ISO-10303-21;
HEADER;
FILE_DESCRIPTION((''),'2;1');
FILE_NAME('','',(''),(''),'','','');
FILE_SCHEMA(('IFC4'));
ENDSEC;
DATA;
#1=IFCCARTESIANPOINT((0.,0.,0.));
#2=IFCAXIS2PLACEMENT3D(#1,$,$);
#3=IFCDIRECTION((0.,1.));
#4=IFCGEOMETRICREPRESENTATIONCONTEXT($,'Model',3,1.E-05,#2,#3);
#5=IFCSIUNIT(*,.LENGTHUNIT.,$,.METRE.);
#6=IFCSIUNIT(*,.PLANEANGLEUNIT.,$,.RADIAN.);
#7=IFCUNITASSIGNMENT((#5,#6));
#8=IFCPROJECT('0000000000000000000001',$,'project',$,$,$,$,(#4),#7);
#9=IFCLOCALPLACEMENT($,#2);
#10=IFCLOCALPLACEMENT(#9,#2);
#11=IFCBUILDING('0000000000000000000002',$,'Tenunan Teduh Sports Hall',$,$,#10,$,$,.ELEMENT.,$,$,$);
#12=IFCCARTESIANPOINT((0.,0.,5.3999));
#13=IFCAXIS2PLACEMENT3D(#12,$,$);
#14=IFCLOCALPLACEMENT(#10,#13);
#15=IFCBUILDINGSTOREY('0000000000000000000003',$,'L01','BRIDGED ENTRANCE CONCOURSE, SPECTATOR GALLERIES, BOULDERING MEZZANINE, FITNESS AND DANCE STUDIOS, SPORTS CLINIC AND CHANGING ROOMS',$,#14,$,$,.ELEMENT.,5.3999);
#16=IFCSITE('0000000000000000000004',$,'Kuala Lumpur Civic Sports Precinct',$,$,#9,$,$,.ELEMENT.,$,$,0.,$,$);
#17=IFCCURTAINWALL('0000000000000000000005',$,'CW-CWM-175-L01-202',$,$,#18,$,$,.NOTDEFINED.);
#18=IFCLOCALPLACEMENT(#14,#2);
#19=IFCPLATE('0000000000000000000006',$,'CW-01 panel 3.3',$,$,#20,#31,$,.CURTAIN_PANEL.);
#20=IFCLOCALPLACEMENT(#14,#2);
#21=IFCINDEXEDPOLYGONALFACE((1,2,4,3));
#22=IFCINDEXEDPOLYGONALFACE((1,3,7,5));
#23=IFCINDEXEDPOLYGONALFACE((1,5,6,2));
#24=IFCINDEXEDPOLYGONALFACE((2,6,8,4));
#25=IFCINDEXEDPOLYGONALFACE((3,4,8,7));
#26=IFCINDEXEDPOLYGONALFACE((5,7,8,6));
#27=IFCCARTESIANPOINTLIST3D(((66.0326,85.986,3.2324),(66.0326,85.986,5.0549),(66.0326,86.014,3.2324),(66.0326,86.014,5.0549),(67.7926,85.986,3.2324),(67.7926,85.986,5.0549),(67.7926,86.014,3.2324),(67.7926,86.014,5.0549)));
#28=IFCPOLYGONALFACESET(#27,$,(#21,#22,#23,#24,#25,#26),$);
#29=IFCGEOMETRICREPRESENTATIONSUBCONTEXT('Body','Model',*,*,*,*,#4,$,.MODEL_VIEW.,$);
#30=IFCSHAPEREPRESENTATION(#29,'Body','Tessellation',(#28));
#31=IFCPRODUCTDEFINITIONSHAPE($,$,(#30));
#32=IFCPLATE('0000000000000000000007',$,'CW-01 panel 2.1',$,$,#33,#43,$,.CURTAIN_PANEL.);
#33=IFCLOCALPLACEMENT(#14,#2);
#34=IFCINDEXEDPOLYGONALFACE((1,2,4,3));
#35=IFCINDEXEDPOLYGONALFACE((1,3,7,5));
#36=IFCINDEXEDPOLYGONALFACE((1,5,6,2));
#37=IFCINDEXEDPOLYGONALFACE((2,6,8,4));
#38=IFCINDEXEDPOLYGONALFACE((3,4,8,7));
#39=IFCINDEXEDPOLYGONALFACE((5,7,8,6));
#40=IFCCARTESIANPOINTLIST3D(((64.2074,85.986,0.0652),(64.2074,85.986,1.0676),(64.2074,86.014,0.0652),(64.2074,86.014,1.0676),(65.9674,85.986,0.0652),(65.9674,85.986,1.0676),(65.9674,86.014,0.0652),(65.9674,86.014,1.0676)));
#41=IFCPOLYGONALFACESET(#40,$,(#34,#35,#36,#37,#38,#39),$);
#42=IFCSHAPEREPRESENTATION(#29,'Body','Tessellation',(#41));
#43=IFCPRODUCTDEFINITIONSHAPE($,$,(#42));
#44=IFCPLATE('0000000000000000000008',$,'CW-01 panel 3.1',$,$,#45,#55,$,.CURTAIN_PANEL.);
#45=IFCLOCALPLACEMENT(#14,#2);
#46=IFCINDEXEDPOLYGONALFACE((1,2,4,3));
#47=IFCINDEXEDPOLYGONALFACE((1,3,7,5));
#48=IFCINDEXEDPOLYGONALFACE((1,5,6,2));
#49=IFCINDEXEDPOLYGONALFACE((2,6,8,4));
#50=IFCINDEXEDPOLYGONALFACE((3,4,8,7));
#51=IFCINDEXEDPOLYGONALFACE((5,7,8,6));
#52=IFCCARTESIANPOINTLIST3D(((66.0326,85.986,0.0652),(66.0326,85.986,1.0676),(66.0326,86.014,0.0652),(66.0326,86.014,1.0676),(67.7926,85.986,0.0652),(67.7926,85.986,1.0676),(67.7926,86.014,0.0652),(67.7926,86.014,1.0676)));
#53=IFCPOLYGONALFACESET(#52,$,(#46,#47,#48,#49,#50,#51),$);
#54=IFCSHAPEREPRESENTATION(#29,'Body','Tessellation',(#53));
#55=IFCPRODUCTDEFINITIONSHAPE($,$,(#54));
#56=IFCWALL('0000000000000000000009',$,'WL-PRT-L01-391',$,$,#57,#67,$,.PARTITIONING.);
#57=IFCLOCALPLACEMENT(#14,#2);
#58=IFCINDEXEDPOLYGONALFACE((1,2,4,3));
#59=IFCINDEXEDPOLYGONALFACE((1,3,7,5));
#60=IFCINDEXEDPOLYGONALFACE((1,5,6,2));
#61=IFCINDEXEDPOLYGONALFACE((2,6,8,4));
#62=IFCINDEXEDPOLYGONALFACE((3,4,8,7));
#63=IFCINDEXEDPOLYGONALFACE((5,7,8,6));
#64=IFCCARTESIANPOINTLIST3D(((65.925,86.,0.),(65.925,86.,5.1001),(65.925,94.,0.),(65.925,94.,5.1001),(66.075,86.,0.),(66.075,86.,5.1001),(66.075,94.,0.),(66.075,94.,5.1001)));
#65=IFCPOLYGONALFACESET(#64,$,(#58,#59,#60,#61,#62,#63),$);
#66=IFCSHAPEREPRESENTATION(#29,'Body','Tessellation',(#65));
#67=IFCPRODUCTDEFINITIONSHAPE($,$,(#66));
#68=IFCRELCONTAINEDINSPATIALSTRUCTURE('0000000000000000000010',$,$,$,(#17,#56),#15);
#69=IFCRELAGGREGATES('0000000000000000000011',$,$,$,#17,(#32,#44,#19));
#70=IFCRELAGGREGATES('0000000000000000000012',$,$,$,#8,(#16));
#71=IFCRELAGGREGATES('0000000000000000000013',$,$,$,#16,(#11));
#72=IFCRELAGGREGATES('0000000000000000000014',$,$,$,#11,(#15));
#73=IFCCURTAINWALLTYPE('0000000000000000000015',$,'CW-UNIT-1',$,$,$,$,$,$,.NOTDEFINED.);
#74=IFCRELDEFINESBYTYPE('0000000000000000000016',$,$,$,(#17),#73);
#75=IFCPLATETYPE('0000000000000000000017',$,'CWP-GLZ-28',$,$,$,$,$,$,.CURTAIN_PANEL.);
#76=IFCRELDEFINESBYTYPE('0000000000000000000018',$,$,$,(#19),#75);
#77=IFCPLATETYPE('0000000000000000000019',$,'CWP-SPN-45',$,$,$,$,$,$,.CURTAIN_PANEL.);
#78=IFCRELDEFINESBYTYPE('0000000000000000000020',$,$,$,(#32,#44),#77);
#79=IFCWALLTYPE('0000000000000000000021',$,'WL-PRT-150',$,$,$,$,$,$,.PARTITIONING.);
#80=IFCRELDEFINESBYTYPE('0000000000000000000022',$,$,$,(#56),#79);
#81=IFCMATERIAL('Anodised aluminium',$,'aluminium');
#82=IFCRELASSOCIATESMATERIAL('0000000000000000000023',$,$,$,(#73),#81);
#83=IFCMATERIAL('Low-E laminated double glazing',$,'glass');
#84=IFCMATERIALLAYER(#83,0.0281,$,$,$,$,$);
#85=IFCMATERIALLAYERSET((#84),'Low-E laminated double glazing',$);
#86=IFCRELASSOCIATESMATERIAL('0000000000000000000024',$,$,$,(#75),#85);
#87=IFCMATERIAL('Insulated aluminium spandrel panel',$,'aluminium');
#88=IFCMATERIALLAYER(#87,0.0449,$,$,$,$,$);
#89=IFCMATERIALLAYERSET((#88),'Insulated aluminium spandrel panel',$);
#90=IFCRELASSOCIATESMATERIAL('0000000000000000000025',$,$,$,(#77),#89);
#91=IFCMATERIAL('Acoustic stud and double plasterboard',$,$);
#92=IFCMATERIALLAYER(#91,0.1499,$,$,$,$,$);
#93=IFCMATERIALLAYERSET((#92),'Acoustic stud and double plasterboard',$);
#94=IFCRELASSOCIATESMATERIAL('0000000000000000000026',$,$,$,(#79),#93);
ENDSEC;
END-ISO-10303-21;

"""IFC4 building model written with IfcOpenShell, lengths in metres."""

from ifc_helpers import new_model, si_unit, direction, frame, frame_2d, origin, origin_2d, place, context, subcontext, project, spatial, rectangle, extrude, material, layer, layer_set, type_object, element, aggregate, save


model = new_model("IFC4")

# Units and contexts
model_context = context("Model", 3, precision=1e-05, world=origin(), true_north=direction((0.0, 1.0)))
body_context = subcontext(model_context, "Body", "Model", "MODEL_VIEW")
ifc_project = project(units=[si_unit("LENGTHUNIT", "METRE"), si_unit("PLANEANGLEUNIT", "RADIAN")], contexts=[model_context])

# Site, building, storey
site_placement = place(None, origin())
site = spatial("IfcSite", under=ifc_project, at=site_placement, Name="Kuala Lumpur Civic Sports Precinct", CompositionType="ELEMENT", RefElevation=0.0)
building_placement = place(site_placement, origin())
building = spatial("IfcBuilding", under=site, at=building_placement, Name="Tenunan Teduh Sports Hall", CompositionType="ELEMENT")
storey_placement = place(building_placement, frame((0.0, 0.0, 5.3999)))
storey = spatial("IfcBuildingStorey", under=building, at=storey_placement, Name="L01", Description="BRIDGED ENTRANCE CONCOURSE, SPECTATOR GALLERIES, BOULDERING MEZZANINE, FITNESS AND DANCE STUDIOS, SPORTS CLINIC AND CHANGING ROOMS", CompositionType="ELEMENT", Elevation=5.3999)

# Curtain wall, plates
ifc_material_1 = material(Name="Anodised aluminium", Category="aluminium")
curtain_wall_type = type_object("IfcCurtainWallType", Name="CW-UNIT-1", PredefinedType="NOTDEFINED", material=ifc_material_1)
curtain_wall_placement = place(storey_placement, origin())
curtain_wall = element("IfcCurtainWall", 1, at=curtain_wall_placement, inside=storey, type_object=curtain_wall_type, Name="CW-CWM-175-L01-202", PredefinedType="NOTDEFINED")
ifc_material_2 = material(Name="Low-E laminated double glazing", Category="glass")
ifc_layer_1 = layer(ifc_material_2, 0.0281)
ifc_layer_set_1 = layer_set([ifc_layer_1], Name="Low-E laminated double glazing")
plate_type_1 = type_object("IfcPlateType", Name="CWP-GLZ-28", PredefinedType="CURTAIN_PANEL", material=ifc_layer_set_1)
plate_1_placement = place(storey_placement, frame((66.9126, 86.0, 3.2324), z_axis=(0.0, 0.0, 1.0), x_axis=(1.0, 0.0, 0.0)))
plate_1 = element("IfcPlate", 2, at=plate_1_placement, type_object=plate_type_1, Name="CW-01 panel 3.3", PredefinedType="CURTAIN_PANEL", context=body_context, shape_type="SweptSolid", body=[
    extrude(rectangle(XDim=1.76, YDim=0.0281, at=origin_2d()), origin(), (0.0, 0.0, 1.0), 1.8225),
])
ifc_material_3 = material(Name="Insulated aluminium spandrel panel", Category="aluminium")
ifc_layer_2 = layer(ifc_material_3, 0.0449)
ifc_layer_set_2 = layer_set([ifc_layer_2], Name="Insulated aluminium spandrel panel")
plate_type_2 = type_object("IfcPlateType", Name="CWP-SPN-45", PredefinedType="CURTAIN_PANEL", material=ifc_layer_set_2)
plate_2_placement = place(storey_placement, frame((65.0874, 86.0, 0.0652), z_axis=(0.0, 0.0, 1.0), x_axis=(1.0, 0.0, 0.0)))
plate_2 = element("IfcPlate", 3, at=plate_2_placement, type_object=plate_type_2, Name="CW-01 panel 2.1", PredefinedType="CURTAIN_PANEL", context=body_context, shape_type="SweptSolid", body=[
    extrude(rectangle(XDim=1.76, YDim=0.0281, at=origin_2d()), origin(), (0.0, 0.0, 1.0), 1.0024),
])
plate_3_placement = place(storey_placement, frame((66.9126, 86.0, 0.0652), z_axis=(0.0, 0.0, 1.0), x_axis=(1.0, 0.0, 0.0)))
plate_3 = element("IfcPlate", 4, at=plate_3_placement, type_object=plate_type_2, Name="CW-01 panel 3.1", PredefinedType="CURTAIN_PANEL", context=body_context, shape_type="SweptSolid", body=[
    extrude(rectangle(XDim=1.76, YDim=0.0281, at=origin_2d()), origin(), (0.0, 0.0, 1.0), 1.0024),
])
aggregate(curtain_wall, [plate_2, plate_3, plate_1])

# Wall
ifc_material_4 = material(Name="Acoustic stud and double plasterboard")
ifc_layer_3 = layer(ifc_material_4, 0.1499)
ifc_layer_set_3 = layer_set([ifc_layer_3], Name="Acoustic stud and double plasterboard")
wall_type = type_object("IfcWallType", Name="WL-PRT-150", PredefinedType="PARTITIONING", material=ifc_layer_set_3)
wall_placement = place(storey_placement, frame((66.0, 86.0, 0.0), z_axis=(0.0, 0.0, 1.0), x_axis=(0.0, 1.0, 0.0)))
element("IfcWall", 5, at=wall_placement, inside=storey, type_object=wall_type, Name="WL-PRT-L01-391", PredefinedType="PARTITIONING", context=body_context, shape_type="SweptSolid", body=[
    extrude(rectangle(XDim=8.0, YDim=0.1499, at=frame_2d((4.0, 0.0))), origin(), (0.0, 0.0, 1.0), 5.1001),
])

save(model, "model.ifc")
